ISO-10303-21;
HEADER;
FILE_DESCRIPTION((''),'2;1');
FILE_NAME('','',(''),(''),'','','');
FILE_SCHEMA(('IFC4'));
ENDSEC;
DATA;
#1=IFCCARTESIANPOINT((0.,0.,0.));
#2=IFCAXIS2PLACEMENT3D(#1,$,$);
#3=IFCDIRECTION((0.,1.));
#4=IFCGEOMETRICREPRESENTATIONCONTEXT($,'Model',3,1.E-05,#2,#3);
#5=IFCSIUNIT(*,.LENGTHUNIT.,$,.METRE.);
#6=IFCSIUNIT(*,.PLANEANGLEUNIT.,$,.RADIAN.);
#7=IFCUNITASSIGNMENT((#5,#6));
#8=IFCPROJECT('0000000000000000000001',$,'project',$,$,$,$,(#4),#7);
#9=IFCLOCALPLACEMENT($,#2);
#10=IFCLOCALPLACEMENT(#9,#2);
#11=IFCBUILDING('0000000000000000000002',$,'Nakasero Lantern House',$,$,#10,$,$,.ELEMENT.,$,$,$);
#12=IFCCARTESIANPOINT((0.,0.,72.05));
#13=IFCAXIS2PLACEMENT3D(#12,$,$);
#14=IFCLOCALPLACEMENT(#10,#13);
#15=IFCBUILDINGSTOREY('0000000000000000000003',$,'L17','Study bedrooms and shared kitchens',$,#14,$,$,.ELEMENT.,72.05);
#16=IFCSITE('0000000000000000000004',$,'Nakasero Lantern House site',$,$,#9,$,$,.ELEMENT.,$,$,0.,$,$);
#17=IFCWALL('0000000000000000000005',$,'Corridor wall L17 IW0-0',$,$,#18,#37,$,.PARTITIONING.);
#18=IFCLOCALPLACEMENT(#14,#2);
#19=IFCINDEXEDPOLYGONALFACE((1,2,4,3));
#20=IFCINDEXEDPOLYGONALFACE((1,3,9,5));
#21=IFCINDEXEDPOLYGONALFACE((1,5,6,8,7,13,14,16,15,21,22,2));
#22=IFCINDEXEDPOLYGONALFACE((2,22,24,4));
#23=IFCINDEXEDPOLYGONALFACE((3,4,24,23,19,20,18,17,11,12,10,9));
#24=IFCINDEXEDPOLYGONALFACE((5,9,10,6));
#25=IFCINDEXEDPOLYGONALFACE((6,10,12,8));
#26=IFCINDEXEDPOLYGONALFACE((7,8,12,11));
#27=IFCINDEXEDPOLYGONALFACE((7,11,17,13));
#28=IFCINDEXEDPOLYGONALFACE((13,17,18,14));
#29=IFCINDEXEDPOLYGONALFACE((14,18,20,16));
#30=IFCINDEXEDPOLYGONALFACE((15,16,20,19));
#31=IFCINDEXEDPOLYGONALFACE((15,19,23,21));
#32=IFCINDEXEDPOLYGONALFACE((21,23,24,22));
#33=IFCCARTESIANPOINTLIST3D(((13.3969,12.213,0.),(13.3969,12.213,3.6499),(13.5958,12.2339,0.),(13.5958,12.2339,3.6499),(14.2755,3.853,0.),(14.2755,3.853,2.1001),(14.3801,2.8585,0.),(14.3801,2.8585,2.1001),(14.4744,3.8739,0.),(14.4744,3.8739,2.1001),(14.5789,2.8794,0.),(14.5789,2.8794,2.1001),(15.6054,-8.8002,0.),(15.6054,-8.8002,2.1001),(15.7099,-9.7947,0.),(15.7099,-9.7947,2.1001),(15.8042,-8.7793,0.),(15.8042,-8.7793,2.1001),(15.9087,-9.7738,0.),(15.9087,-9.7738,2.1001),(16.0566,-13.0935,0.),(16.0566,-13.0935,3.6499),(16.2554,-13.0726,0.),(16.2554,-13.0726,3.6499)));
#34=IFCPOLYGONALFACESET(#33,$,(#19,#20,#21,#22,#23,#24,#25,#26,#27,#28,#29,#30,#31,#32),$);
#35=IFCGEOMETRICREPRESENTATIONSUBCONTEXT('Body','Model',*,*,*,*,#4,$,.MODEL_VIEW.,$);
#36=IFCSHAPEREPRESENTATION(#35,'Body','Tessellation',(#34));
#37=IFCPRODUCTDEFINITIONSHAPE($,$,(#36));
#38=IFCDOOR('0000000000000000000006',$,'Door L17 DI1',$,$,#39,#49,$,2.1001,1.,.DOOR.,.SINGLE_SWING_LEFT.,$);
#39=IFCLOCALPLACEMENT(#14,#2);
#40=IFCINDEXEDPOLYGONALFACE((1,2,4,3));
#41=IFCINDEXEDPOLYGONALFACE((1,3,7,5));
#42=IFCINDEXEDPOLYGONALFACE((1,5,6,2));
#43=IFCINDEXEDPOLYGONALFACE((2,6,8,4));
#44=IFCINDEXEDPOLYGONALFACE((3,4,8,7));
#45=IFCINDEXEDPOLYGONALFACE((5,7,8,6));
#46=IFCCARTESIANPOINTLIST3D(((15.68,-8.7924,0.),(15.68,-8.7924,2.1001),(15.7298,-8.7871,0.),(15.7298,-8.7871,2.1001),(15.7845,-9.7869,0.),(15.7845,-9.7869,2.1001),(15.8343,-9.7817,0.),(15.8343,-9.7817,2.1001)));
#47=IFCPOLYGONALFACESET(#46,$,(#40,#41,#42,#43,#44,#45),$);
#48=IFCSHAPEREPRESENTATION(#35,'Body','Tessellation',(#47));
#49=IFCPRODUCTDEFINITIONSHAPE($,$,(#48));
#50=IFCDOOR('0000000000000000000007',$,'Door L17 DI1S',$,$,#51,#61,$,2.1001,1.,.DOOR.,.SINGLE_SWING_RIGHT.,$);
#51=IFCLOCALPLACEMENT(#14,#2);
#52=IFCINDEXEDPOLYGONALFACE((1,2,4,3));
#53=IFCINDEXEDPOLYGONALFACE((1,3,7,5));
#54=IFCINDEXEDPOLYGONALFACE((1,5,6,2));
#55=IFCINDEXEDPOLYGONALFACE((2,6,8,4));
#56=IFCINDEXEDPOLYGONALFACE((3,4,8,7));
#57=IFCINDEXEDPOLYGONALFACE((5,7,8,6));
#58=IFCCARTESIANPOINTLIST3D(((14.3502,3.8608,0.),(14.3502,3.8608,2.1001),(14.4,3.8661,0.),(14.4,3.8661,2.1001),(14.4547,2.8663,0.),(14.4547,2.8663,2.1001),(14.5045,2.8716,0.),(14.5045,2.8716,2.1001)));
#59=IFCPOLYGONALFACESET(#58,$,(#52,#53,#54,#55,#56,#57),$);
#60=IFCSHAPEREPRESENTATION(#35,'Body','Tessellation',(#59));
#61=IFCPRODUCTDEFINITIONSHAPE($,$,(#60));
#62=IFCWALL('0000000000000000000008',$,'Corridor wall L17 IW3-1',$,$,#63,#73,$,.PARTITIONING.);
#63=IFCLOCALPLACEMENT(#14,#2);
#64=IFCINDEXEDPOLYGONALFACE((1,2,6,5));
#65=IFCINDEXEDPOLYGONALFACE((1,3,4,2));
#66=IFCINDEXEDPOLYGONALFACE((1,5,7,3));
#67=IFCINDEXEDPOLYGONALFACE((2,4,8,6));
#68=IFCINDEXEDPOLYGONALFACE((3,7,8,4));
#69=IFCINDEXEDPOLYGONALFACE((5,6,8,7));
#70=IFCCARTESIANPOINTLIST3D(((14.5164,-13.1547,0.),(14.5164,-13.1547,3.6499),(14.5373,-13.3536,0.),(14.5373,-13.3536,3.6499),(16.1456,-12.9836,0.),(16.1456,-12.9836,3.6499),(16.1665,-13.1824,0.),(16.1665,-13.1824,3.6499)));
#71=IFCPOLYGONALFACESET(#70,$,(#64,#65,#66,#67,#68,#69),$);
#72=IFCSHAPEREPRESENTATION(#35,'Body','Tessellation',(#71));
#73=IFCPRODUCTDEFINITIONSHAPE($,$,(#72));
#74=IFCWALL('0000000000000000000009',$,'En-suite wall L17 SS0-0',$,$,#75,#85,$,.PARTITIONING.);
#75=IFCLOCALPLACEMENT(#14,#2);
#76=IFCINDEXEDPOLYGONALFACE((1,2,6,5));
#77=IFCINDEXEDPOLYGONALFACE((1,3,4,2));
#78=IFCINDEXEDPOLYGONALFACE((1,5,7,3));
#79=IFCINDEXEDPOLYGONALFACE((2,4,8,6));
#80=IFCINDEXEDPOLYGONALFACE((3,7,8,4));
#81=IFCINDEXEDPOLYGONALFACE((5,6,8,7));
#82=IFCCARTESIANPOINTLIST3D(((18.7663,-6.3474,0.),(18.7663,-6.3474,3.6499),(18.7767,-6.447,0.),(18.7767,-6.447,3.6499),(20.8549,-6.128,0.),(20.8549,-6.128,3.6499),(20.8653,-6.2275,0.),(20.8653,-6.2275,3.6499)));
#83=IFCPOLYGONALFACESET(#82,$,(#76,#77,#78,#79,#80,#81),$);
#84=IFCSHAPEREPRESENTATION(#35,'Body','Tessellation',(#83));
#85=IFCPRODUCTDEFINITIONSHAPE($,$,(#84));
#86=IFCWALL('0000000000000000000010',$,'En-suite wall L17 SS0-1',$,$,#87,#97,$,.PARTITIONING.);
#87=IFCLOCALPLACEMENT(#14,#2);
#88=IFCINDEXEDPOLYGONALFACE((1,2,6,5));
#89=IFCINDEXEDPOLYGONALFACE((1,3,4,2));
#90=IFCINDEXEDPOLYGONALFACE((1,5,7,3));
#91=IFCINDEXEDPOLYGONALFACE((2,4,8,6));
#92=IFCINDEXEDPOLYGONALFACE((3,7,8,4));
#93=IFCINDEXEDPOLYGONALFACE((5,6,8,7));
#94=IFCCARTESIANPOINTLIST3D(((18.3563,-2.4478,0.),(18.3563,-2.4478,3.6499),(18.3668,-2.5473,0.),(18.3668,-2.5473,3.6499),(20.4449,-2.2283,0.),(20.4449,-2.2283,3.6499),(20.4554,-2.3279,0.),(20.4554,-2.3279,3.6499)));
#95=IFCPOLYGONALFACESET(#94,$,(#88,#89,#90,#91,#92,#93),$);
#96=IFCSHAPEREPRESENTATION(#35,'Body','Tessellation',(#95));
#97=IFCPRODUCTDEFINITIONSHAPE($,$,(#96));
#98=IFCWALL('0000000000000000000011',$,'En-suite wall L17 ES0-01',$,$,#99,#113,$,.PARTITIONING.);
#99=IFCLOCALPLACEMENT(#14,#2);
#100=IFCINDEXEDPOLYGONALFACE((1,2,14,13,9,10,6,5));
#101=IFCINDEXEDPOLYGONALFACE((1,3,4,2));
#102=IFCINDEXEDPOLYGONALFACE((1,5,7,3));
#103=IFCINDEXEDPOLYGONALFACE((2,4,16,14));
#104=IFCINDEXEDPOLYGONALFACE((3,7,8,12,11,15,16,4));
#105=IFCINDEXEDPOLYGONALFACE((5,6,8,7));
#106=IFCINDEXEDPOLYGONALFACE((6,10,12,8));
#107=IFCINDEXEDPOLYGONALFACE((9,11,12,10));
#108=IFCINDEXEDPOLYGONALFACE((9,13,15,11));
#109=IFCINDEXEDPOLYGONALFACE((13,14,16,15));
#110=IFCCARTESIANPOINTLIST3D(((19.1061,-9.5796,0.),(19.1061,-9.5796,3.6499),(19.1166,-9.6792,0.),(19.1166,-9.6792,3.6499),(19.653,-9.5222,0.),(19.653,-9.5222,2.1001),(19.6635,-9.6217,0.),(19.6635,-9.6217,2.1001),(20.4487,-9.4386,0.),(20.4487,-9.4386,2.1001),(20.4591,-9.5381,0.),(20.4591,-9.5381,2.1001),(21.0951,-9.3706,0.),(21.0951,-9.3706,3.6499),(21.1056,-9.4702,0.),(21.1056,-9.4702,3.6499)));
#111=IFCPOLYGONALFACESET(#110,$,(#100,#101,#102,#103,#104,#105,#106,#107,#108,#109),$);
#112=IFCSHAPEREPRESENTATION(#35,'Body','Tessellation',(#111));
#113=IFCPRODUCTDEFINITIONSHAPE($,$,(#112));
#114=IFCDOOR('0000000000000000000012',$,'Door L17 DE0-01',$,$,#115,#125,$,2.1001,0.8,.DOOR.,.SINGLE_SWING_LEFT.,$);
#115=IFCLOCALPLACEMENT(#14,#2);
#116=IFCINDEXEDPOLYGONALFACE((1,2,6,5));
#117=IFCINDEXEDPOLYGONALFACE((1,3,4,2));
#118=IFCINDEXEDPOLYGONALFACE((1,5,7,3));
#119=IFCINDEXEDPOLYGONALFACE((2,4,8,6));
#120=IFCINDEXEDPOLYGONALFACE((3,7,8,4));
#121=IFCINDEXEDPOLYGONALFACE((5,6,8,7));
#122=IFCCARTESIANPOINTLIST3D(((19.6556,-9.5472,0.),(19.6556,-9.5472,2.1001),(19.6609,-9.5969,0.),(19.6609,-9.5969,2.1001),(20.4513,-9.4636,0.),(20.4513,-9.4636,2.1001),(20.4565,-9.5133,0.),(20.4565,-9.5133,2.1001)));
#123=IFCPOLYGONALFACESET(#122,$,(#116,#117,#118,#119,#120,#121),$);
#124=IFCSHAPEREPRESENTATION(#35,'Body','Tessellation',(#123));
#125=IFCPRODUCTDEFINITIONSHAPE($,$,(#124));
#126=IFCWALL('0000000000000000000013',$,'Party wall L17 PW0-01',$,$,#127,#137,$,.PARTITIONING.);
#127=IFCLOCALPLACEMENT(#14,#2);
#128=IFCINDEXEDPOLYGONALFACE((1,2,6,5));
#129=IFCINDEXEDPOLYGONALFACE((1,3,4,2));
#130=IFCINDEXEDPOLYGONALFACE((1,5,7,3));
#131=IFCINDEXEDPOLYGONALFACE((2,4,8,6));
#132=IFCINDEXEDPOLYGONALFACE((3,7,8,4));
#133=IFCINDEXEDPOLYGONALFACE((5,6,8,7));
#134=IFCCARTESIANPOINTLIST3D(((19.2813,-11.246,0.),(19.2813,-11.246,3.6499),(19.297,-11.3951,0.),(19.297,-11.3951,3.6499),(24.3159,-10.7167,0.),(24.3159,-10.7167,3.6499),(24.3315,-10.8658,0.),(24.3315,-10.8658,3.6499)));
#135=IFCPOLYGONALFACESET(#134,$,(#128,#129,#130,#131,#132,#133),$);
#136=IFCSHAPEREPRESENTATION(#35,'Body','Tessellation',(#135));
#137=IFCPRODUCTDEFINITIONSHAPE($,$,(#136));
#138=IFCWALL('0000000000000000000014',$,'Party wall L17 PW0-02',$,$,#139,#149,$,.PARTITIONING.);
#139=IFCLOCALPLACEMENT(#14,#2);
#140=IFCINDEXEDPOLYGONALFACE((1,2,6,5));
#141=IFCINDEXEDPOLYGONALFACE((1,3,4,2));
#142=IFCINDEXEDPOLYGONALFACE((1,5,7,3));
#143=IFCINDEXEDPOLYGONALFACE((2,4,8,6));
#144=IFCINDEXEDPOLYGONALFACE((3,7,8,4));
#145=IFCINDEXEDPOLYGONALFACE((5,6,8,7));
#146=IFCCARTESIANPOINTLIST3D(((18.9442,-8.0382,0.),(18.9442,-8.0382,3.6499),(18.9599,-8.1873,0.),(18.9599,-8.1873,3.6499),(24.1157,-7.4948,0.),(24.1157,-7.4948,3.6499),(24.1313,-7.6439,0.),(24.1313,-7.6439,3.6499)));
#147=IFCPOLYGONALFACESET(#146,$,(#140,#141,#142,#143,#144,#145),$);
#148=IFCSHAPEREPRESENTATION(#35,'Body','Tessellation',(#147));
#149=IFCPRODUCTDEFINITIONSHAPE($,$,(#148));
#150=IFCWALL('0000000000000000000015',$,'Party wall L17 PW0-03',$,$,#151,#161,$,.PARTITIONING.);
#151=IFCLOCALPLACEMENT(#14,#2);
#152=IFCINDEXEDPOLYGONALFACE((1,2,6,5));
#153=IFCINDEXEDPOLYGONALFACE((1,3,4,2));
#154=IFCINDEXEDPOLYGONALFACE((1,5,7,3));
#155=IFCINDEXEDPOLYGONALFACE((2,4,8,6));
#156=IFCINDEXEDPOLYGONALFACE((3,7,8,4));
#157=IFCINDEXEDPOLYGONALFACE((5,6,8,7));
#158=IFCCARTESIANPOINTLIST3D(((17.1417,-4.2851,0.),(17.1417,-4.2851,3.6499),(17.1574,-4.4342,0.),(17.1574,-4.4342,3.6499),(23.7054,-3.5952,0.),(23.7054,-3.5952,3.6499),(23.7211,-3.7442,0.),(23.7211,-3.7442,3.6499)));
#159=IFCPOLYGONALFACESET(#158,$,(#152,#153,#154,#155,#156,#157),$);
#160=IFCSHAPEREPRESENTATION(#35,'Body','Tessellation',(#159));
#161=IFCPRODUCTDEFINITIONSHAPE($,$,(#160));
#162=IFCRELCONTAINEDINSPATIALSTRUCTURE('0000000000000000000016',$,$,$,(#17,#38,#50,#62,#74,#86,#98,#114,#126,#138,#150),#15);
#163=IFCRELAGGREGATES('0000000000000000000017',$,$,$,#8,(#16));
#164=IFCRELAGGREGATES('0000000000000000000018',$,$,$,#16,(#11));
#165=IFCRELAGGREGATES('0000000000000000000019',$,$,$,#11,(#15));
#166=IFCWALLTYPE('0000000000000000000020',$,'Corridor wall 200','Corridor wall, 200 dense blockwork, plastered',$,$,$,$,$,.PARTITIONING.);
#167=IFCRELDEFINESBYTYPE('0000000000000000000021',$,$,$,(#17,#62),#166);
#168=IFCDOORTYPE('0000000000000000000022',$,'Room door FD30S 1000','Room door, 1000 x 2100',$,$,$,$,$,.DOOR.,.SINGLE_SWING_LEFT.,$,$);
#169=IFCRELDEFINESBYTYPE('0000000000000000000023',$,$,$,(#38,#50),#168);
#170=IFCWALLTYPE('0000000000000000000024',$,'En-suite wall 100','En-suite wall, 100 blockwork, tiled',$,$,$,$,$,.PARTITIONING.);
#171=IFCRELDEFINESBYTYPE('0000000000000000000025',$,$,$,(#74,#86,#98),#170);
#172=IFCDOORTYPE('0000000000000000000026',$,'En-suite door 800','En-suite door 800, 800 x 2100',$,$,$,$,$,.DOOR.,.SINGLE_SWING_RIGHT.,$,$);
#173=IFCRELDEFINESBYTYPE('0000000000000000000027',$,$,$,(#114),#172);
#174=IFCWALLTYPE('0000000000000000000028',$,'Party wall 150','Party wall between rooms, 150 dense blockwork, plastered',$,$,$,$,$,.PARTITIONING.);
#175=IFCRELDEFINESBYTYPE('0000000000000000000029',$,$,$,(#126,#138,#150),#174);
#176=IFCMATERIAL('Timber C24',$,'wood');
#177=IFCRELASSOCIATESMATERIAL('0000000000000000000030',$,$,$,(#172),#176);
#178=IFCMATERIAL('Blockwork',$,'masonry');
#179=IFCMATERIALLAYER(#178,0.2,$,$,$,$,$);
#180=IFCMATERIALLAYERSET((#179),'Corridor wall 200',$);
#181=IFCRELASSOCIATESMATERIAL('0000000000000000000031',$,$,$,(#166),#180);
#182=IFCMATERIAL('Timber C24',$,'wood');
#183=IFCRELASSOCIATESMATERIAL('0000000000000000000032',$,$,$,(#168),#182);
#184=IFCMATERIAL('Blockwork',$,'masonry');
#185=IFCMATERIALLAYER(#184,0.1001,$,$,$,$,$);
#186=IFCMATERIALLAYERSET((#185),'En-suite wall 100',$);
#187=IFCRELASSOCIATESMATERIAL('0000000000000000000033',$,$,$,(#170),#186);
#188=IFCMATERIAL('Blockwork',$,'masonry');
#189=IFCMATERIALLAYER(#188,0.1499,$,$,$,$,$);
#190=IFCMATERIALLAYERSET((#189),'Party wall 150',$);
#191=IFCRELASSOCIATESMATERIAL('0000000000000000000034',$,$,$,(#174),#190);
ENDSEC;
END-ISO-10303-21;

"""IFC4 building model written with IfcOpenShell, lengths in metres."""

from ifc_helpers import new_model, si_unit, direction, frame, frame_2d, origin, place, context, subcontext, project, spatial, rectangle, extrude, material, layer, layer_set, type_object, element, fill, save


model = new_model("IFC4")

# Units and contexts
model_context = context("Model", 3, precision=1e-05, world=origin(), true_north=direction((0.0, 1.0)))
body_context = subcontext(model_context, "Body", "Model", "MODEL_VIEW")
ifc_project = project(units=[si_unit("LENGTHUNIT", "METRE"), si_unit("PLANEANGLEUNIT", "RADIAN")], contexts=[model_context])

# Site, building, storey
site_placement = place(None, origin())
site = spatial("IfcSite", under=ifc_project, at=site_placement, Name="Nakasero Lantern House site", CompositionType="ELEMENT", RefElevation=0.0)
building_placement = place(site_placement, origin())
building = spatial("IfcBuilding", under=site, at=building_placement, Name="Nakasero Lantern House", CompositionType="ELEMENT")
storey_placement = place(building_placement, frame((0.0, 0.0, 72.05)))
storey = spatial("IfcBuildingStorey", under=building, at=storey_placement, Name="L17", Description="Study bedrooms and shared kitchens", CompositionType="ELEMENT", Elevation=72.05)

# Wall, openings, doors
ifc_material_1 = material(Name="Timber C24", Category="wood")
door_type_1 = type_object("IfcDoorType", Name="En-suite door 800", Description="En-suite door 800, 800 x 2100", OperationType="SINGLE_SWING_RIGHT", PredefinedType="DOOR", material=ifc_material_1)
ifc_material_2 = material(Name="Blockwork", Category="masonry")
ifc_layer_1 = layer(ifc_material_2, 0.2)
ifc_layer_set_1 = layer_set([ifc_layer_1], Name="Corridor wall 200")
wall_type_1 = type_object("IfcWallType", Name="Corridor wall 200", Description="Corridor wall, 200 dense blockwork, plastered", PredefinedType="PARTITIONING", material=ifc_layer_set_1)
wall_1_placement = place(storey_placement, frame((16.156, -13.083, 0.0), z_axis=(0.0, 0.0, 1.0), x_axis=(-0.104523, 0.994522, 0.0)))
wall_1 = element("IfcWall", 1, at=wall_1_placement, inside=storey, type_object=wall_type_1, Name="Corridor wall L17 IW0-0", PredefinedType="PARTITIONING", context=body_context, shape_type="SweptSolid", body=[
    extrude(rectangle(XDim=25.4458, YDim=0.2, at=frame_2d((12.7229, 0.0))), origin(), (0.0, 0.0, 1.0), 3.6499),
])
opening_1_placement = place(wall_1_placement, frame((3.3169, 0.0, 0.0)))
opening_1 = element("IfcOpeningElement", 2, at=opening_1_placement, cuts=wall_1, PredefinedType="OPENING", context=body_context, shape_type="SweptSolid", body=[
    extrude(rectangle(XDim=1.0, YDim=2.1001, at=frame_2d((0.5, 1.05))), frame((0.0, 0.1199, 0.0), z_axis=(0.0, -1.0, 0.0), x_axis=(1.0, 0.0, 0.0)), (0.0, 0.0, 1.0), 0.24),
])
opening_2_placement = place(wall_1_placement, frame((16.0398, 0.0, 0.0)))
opening_2 = element("IfcOpeningElement", 3, at=opening_2_placement, cuts=wall_1, PredefinedType="OPENING", context=body_context, shape_type="SweptSolid", body=[
    extrude(rectangle(XDim=1.0, YDim=2.1001, at=frame_2d((0.5, 1.05))), frame((0.0, 0.1199, 0.0), z_axis=(0.0, -1.0, 0.0), x_axis=(1.0, 0.0, 0.0)), (0.0, 0.0, 1.0), 0.24),
])
ifc_material_3 = material(Name="Timber C24", Category="wood")
door_type_2 = type_object("IfcDoorType", Name="Room door FD30S 1000", Description="Room door, 1000 x 2100", OperationType="SINGLE_SWING_LEFT", PredefinedType="DOOR", material=ifc_material_3)
door_1_placement = place(opening_1_placement, origin())
door_1 = element("IfcDoor", 4, at=door_1_placement, inside=storey, type_object=door_type_2, Name="Door L17 DI1", OperationType="SINGLE_SWING_LEFT", OverallHeight=2.1001, OverallWidth=1.0, PredefinedType="DOOR", context=body_context, shape_type="SweptSolid", body=[
    extrude(rectangle(XDim=1.0, YDim=2.1001, at=frame_2d((0.5, 1.05))), frame((0.0, 0.0249, 0.0), z_axis=(0.0, -1.0, 0.0), x_axis=(1.0, 0.0, 0.0)), (0.0, 0.0, 1.0), 0.05),
])
fill(opening_1, door_1)
door_2_placement = place(opening_2_placement, origin())
door_2 = element("IfcDoor", 5, at=door_2_placement, inside=storey, type_object=door_type_2, Name="Door L17 DI1S", OperationType="SINGLE_SWING_RIGHT", OverallHeight=2.1001, OverallWidth=1.0, PredefinedType="DOOR", context=body_context, shape_type="SweptSolid", body=[
    extrude(rectangle(XDim=1.0, YDim=2.1001, at=frame_2d((0.5, 1.05))), frame((0.0, 0.0249, 0.0), z_axis=(0.0, -1.0, 0.0), x_axis=(1.0, 0.0, 0.0)), (0.0, 0.0, 1.0), 0.05),
])
fill(opening_2, door_2)

# Walls
wall_2_placement = place(storey_placement, frame((14.5269, -13.2542, 0.0), z_axis=(0.0, 0.0, 1.0), x_axis=(0.994527, 0.104475, 0.0)))
element("IfcWall", 6, at=wall_2_placement, inside=storey, type_object=wall_type_1, Name="Corridor wall L17 IW3-1", PredefinedType="PARTITIONING", context=body_context, shape_type="SweptSolid", body=[
    extrude(rectangle(XDim=1.6382, YDim=0.2, at=frame_2d((0.8191, 0.0))), origin(), (0.0, 0.0, 1.0), 3.6499),
])
ifc_material_4 = material(Name="Blockwork", Category="masonry")
ifc_layer_2 = layer(ifc_material_4, 0.1001)
ifc_layer_set_2 = layer_set([ifc_layer_2], Name="En-suite wall 100")
wall_type_2 = type_object("IfcWallType", Name="En-suite wall 100", Description="En-suite wall, 100 blockwork, tiled", PredefinedType="PARTITIONING", material=ifc_layer_set_2)
for number, where, z_axis, x_axis, name in (
    (7, (18.7715, -6.3972, 0.0), (0.0, 0.0, 1.0), (0.994524, 0.104509, 0.0), "En-suite wall L17 SS0-0"),
    (8, (18.3616, -2.4976, 0.0), (0.0, 0.0, 1.0), (0.994524, 0.104509, 0.0), "En-suite wall L17 SS0-1"),
):
    element("IfcWall", number, at=place(storey_placement, frame(where, z_axis=z_axis, x_axis=x_axis)), inside=storey, type_object=wall_type_2, Name=name, PredefinedType="PARTITIONING", context=body_context, shape_type="SweptSolid", body=[
        extrude(rectangle(XDim=2.1001, YDim=0.1001, at=frame_2d((1.05, 0.0))), origin(), (0.0, 0.0, 1.0), 3.6499),
    ])

# Wall, opening, door
wall_3_placement = place(storey_placement, frame((19.1113, -9.6294, 0.0), z_axis=(0.0, 0.0, 1.0), x_axis=(0.994526, 0.104494, 0.0)))
wall_3 = element("IfcWall", 9, at=wall_3_placement, inside=storey, type_object=wall_type_2, Name="En-suite wall L17 ES0-01", PredefinedType="PARTITIONING", context=body_context, shape_type="SweptSolid", body=[
    extrude(rectangle(XDim=2.0, YDim=0.1001, at=frame_2d((1.0, 0.0))), origin(), (0.0, 0.0, 1.0), 3.6499),
])
opening_3_placement = place(wall_3_placement, frame((0.55, 0.0, 0.0)))
opening_3 = element("IfcOpeningElement", 10, at=opening_3_placement, cuts=wall_3, PredefinedType="OPENING", context=body_context, shape_type="SweptSolid", body=[
    extrude(rectangle(XDim=0.8, YDim=2.1001, at=frame_2d((0.3999, 1.05))), frame((0.0, 0.0701, 0.0), z_axis=(0.0, -1.0, 0.0), x_axis=(1.0, 0.0, 0.0)), (0.0, 0.0, 1.0), 0.1401),
])
door_3_placement = place(opening_3_placement, origin())
door_3 = element("IfcDoor", 11, at=door_3_placement, inside=storey, type_object=door_type_1, Name="Door L17 DE0-01", OperationType="SINGLE_SWING_LEFT", OverallHeight=2.1001, OverallWidth=0.8, PredefinedType="DOOR", context=body_context, shape_type="SweptSolid", body=[
    extrude(rectangle(XDim=0.8, YDim=2.1001, at=frame_2d((0.3999, 1.05))), frame((0.0, 0.0249, 0.0), z_axis=(0.0, -1.0, 0.0), x_axis=(1.0, 0.0, 0.0)), (0.0, 0.0, 1.0), 0.05),
])
fill(opening_3, door_3)

# Walls
ifc_material_5 = material(Name="Blockwork", Category="masonry")
ifc_layer_3 = layer(ifc_material_5, 0.1499)
ifc_layer_set_3 = layer_set([ifc_layer_3], Name="Party wall 150")
wall_type_3 = type_object("IfcWallType", Name="Party wall 150", Description="Party wall between rooms, 150 dense blockwork, plastered", PredefinedType="PARTITIONING", material=ifc_layer_set_3)
wall_4_placement = place(storey_placement, frame((19.2891, -11.3206, 0.0), z_axis=(0.0, 0.0, 1.0), x_axis=(0.994519, 0.104559, 0.0)))
element("IfcWall", 12, at=wall_4_placement, inside=storey, type_object=wall_type_3, Name="Party wall L17 PW0-01", PredefinedType="PARTITIONING", context=body_context, shape_type="SweptSolid", body=[
    extrude(rectangle(XDim=5.0623, YDim=0.1499, at=frame_2d((2.5312, 0.0))), origin(), (0.0, 0.0, 1.0), 3.6499),
])
wall_5_placement = place(storey_placement, frame((18.9519, -8.1128, 0.0), z_axis=(0.0, 0.0, 1.0), x_axis=(0.994523, 0.104514, 0.0)))
element("IfcWall", 13, at=wall_5_placement, inside=storey, type_object=wall_type_3, Name="Party wall L17 PW0-02", PredefinedType="PARTITIONING", context=body_context, shape_type="SweptSolid", body=[
    extrude(rectangle(XDim=5.2, YDim=0.1499, at=frame_2d((2.6001, 0.0))), origin(), (0.0, 0.0, 1.0), 3.6499),
])
wall_6_placement = place(storey_placement, frame((17.1497, -4.3596, 0.0), z_axis=(0.0, 0.0, 1.0), x_axis=(0.994521, 0.104538, 0.0)))
element("IfcWall", 14, at=wall_6_placement, inside=storey, type_object=wall_type_3, Name="Party wall L17 PW0-03", PredefinedType="PARTITIONING", context=body_context, shape_type="SweptSolid", body=[
    extrude(rectangle(XDim=6.5999, YDim=0.1499, at=frame_2d((3.2998, 0.0))), origin(), (0.0, 0.0, 1.0), 3.6499),
])

save(model, "model.ifc")
